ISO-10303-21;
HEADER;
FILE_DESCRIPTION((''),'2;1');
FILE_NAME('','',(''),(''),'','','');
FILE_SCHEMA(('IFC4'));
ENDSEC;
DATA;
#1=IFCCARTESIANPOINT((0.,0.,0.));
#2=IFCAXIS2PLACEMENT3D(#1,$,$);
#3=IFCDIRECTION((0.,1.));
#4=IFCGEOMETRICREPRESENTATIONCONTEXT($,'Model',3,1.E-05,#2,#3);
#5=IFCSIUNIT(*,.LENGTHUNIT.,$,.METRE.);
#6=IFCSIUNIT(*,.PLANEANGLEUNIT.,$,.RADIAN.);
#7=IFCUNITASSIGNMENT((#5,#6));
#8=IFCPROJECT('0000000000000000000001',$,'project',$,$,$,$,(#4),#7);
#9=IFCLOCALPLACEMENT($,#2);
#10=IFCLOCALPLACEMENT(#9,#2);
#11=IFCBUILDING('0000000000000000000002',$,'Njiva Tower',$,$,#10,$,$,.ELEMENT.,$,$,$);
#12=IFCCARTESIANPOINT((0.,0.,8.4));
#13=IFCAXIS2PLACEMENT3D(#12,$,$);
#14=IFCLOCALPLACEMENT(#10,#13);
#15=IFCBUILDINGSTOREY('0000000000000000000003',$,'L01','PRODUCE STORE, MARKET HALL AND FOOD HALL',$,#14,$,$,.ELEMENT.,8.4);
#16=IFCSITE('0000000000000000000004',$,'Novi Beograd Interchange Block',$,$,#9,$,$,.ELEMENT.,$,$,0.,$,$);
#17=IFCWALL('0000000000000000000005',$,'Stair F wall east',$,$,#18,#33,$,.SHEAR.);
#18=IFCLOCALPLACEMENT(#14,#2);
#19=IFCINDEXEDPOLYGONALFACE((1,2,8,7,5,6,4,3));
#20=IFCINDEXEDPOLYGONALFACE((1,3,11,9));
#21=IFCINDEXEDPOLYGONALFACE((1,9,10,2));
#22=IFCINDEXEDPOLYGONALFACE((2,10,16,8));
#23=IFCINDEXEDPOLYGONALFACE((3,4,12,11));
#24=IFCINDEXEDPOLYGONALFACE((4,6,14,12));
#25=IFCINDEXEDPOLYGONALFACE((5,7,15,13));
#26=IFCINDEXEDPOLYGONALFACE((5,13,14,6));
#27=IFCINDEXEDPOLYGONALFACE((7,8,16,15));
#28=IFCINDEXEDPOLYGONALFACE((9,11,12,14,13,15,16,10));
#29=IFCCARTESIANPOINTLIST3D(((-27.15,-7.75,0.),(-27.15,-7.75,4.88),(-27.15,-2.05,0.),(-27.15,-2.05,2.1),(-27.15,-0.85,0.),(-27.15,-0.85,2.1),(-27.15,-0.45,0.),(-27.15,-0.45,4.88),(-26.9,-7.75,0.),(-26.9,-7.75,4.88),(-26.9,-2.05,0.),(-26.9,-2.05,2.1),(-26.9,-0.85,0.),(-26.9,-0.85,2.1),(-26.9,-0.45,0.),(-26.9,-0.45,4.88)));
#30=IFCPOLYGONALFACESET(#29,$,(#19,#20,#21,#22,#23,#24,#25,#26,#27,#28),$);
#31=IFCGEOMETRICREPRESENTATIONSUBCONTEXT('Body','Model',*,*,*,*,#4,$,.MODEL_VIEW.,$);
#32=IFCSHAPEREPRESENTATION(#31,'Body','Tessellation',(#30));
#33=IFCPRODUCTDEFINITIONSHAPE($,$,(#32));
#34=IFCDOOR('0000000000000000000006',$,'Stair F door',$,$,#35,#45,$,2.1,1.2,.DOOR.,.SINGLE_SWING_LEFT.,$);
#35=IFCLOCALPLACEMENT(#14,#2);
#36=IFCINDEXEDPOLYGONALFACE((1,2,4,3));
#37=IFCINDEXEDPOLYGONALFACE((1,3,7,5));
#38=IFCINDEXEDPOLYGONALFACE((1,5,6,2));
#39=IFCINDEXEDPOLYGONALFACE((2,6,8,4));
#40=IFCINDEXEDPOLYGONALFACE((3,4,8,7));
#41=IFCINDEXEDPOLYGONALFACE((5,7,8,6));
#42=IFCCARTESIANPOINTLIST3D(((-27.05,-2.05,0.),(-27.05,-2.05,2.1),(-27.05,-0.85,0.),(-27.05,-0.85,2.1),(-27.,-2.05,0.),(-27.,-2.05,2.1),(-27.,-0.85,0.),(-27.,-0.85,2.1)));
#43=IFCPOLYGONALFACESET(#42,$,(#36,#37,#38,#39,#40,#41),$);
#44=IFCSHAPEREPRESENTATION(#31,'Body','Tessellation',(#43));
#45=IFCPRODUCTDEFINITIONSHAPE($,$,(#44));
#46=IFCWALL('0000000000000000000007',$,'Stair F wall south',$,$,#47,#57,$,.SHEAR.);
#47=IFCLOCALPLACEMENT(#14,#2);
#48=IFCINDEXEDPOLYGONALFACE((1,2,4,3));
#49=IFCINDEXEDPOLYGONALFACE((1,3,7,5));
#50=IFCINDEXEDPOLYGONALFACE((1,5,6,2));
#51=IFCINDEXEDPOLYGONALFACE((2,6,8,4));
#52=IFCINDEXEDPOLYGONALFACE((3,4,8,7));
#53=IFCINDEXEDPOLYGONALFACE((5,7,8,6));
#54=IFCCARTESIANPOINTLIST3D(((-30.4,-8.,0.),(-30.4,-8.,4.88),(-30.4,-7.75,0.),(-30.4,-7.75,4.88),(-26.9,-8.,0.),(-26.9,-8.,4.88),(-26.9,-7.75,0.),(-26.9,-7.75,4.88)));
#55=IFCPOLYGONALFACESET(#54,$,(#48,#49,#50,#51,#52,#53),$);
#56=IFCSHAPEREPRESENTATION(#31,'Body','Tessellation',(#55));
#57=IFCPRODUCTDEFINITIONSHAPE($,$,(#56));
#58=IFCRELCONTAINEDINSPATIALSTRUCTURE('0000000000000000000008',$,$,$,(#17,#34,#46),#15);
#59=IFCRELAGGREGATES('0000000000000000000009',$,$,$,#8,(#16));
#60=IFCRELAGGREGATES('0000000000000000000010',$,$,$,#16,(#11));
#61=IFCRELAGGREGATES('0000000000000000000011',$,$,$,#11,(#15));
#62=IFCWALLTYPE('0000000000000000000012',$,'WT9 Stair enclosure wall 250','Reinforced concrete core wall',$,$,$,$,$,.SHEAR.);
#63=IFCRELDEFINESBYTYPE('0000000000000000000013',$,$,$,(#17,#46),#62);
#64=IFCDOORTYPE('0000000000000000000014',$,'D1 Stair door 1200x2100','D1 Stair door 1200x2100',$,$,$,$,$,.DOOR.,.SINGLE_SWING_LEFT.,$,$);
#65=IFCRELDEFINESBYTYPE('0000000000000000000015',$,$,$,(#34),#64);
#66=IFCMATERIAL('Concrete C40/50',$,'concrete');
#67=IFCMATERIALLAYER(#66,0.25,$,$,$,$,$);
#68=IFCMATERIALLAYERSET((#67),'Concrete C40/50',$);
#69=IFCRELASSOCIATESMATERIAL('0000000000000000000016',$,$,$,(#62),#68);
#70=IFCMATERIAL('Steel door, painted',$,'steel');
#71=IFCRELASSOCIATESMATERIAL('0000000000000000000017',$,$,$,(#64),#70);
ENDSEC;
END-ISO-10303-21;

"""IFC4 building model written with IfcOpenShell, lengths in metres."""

from ifc_helpers import new_model, si_unit, direction, frame, frame_2d, origin, place, context, subcontext, project, spatial, rectangle, extrude, material, layer, layer_set, type_object, element, fill, save


model = new_model("IFC4")

# Units and contexts
model_context = context("Model", 3, precision=1e-05, world=origin(), true_north=direction((0.0, 1.0)))
body_context = subcontext(model_context, "Body", "Model", "MODEL_VIEW")
ifc_project = project(units=[si_unit("LENGTHUNIT", "METRE"), si_unit("PLANEANGLEUNIT", "RADIAN")], contexts=[model_context])

# Site, building, storey
site_placement = place(None, origin())
site = spatial("IfcSite", under=ifc_project, at=site_placement, Name="Novi Beograd Interchange Block", CompositionType="ELEMENT", RefElevation=0.0)
building_placement = place(site_placement, origin())
building = spatial("IfcBuilding", under=site, at=building_placement, Name="Njiva Tower", CompositionType="ELEMENT")
storey_placement = place(building_placement, frame((0.0, 0.0, 8.4)))
storey = spatial("IfcBuildingStorey", under=building, at=storey_placement, Name="L01", Description="PRODUCE STORE, MARKET HALL AND FOOD HALL", CompositionType="ELEMENT", Elevation=8.4)

# Shared definitions
ifc_material_1 = material(Name="Concrete C40/50", Category="concrete")
ifc_layer_1 = layer(ifc_material_1, 0.25)
ifc_layer_set_1 = layer_set([ifc_layer_1], Name="Concrete C40/50")
wall_type_1 = type_object("IfcWallType", Name="WT9 Stair enclosure wall 250", Description="Reinforced concrete core wall", PredefinedType="SHEAR", material=ifc_layer_set_1)

# Wall, opening, door
wall_1_placement = place(storey_placement, frame((-27.025, -7.75, 0.0), z_axis=(0.0, 0.0, 1.0), x_axis=(0.0, 1.0, 0.0)))
wall_1 = element("IfcWall", 1, at=wall_1_placement, inside=storey, type_object=wall_type_1, Name="Stair F wall east", PredefinedType="SHEAR", context=body_context, shape_type="SweptSolid", body=[
    extrude(rectangle(XDim=7.3, YDim=0.25, at=frame_2d((3.65, 0.0))), origin(), (0.0, 0.0, 1.0), 4.88),
])
opening_placement = place(wall_1_placement, frame((5.7, 0.0, 0.0)))
opening = element("IfcOpeningElement", 2, at=opening_placement, cuts=wall_1, PredefinedType="OPENING", context=body_context, shape_type="SweptSolid", body=[
    extrude(rectangle(XDim=1.2, YDim=2.1, at=frame_2d((0.6, 1.05))), frame((0.0, 0.135, 0.0), z_axis=(0.0, -1.0, 0.0), x_axis=(1.0, 0.0, 0.0)), (0.0, 0.0, 1.0), 0.27),
])
ifc_material_2 = material(Name="Steel door, painted", Category="steel")
door_type = type_object("IfcDoorType", Name="D1 Stair door 1200x2100", Description="D1 Stair door 1200x2100", OperationType="SINGLE_SWING_LEFT", PredefinedType="DOOR", material=ifc_material_2)
door_placement = place(opening_placement, origin())
door = element("IfcDoor", 3, at=door_placement, inside=storey, type_object=door_type, Name="Stair F door", OperationType="SINGLE_SWING_LEFT", OverallHeight=2.1, OverallWidth=1.2, PredefinedType="DOOR", context=body_context, shape_type="SweptSolid", body=[
    extrude(rectangle(XDim=1.2, YDim=2.1, at=frame_2d((0.6, 1.05))), frame((0.0, 0.025, 0.0), z_axis=(0.0, -1.0, 0.0), x_axis=(1.0, 0.0, 0.0)), (0.0, 0.0, 1.0), 0.05),
])
fill(opening, door)

# Wall
wall_2_placement = place(storey_placement, frame((-30.4, -7.875, 0.0), z_axis=(0.0, 0.0, 1.0), x_axis=(1.0, 0.0, 0.0)))
element("IfcWall", 4, at=wall_2_placement, inside=storey, type_object=wall_type_1, Name="Stair F wall south", PredefinedType="SHEAR", context=body_context, shape_type="SweptSolid", body=[
    extrude(rectangle(XDim=3.5, YDim=0.25, at=frame_2d((1.75, 0.0))), origin(), (0.0, 0.0, 1.0), 4.88),
])

save(model, "model.ifc")
